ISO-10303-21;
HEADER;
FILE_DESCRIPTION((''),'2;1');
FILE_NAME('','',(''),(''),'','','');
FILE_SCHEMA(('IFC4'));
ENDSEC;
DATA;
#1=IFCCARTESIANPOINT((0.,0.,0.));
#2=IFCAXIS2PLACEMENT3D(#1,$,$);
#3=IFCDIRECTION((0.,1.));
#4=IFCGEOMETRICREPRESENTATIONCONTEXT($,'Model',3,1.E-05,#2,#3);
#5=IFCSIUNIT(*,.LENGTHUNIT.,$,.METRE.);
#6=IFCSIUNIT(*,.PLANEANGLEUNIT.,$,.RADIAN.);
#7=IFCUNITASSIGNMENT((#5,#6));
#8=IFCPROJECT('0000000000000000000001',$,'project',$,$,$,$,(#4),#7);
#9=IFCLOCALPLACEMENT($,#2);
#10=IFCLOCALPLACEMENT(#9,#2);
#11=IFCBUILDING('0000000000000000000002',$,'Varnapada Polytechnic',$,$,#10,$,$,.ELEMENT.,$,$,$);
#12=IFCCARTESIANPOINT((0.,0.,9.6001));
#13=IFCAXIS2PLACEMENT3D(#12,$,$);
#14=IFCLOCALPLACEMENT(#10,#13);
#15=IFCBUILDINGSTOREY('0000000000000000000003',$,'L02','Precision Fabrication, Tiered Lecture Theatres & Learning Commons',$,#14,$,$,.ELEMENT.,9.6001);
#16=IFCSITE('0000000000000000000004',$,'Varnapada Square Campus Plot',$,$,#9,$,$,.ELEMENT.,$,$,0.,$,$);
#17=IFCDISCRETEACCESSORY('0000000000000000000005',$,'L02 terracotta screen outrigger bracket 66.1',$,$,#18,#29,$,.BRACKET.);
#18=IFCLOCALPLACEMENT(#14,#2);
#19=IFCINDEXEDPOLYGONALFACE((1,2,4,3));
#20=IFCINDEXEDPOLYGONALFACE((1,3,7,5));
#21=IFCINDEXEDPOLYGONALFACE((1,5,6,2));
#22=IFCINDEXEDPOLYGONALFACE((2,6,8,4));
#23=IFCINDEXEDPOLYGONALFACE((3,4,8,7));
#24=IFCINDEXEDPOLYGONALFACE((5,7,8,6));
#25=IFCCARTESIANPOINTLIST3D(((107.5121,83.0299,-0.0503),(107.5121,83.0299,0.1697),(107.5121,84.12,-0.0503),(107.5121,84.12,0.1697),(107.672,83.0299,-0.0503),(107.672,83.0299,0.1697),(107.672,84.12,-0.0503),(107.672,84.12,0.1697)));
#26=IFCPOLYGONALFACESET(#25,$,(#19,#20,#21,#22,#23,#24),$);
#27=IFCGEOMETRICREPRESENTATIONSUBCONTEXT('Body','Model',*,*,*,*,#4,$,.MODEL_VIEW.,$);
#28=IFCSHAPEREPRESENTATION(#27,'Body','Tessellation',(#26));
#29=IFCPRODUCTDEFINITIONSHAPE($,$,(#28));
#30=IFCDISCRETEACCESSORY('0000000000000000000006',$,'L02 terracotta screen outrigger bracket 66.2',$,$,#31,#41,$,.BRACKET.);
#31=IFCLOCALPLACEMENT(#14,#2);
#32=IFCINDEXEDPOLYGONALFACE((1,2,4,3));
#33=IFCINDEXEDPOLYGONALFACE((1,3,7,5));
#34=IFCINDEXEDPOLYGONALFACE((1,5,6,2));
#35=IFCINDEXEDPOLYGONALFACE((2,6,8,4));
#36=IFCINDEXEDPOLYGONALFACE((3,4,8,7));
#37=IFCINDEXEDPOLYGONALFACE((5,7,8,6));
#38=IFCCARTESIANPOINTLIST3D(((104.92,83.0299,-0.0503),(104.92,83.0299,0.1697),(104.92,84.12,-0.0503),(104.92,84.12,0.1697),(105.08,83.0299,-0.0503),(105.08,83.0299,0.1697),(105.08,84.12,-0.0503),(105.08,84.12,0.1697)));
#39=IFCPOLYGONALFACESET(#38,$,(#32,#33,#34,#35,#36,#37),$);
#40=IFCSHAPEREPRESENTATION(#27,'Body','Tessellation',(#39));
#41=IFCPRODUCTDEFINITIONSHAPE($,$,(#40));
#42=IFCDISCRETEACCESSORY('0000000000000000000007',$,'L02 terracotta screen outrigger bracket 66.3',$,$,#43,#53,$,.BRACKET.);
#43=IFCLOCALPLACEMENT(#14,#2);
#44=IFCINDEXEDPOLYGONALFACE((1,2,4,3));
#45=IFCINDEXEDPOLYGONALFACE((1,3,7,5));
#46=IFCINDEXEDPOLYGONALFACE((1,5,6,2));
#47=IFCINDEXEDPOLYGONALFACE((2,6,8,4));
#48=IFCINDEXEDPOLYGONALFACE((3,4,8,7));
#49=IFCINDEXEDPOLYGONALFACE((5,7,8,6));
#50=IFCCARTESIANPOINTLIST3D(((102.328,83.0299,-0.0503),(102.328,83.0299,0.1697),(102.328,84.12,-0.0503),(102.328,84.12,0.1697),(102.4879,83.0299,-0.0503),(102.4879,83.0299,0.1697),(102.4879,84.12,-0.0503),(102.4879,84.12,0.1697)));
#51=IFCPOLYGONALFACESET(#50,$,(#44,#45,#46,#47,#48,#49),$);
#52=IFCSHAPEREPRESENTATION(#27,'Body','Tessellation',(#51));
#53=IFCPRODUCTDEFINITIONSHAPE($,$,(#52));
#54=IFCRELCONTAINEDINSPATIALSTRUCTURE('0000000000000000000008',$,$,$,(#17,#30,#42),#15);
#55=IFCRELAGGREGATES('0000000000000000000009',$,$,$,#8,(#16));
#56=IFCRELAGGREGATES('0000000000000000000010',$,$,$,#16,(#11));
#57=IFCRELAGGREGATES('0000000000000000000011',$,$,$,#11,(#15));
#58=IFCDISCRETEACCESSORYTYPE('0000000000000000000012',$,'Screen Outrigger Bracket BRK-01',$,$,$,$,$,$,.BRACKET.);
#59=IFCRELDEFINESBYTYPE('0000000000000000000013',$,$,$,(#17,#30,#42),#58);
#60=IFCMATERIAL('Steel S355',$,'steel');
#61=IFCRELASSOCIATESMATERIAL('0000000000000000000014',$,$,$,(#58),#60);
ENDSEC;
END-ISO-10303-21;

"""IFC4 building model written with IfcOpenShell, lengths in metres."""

from ifc_helpers import new_model, si_unit, direction, frame, origin, origin_2d, place, context, subcontext, project, spatial, rectangle, extrude, material, type_object, element, save


model = new_model("IFC4")

# Units and contexts
model_context = context("Model", 3, precision=1e-05, world=origin(), true_north=direction((0.0, 1.0)))
body_context = subcontext(model_context, "Body", "Model", "MODEL_VIEW")
ifc_project = project(units=[si_unit("LENGTHUNIT", "METRE"), si_unit("PLANEANGLEUNIT", "RADIAN")], contexts=[model_context])

# Site, building, storey
site_placement = place(None, origin())
site = spatial("IfcSite", under=ifc_project, at=site_placement, Name="Varnapada Square Campus Plot", CompositionType="ELEMENT", RefElevation=0.0)
building_placement = place(site_placement, origin())
building = spatial("IfcBuilding", under=site, at=building_placement, Name="Varnapada Polytechnic", CompositionType="ELEMENT")
storey_placement = place(building_placement, frame((0.0, 0.0, 9.6001)))
storey = spatial("IfcBuildingStorey", under=building, at=storey_placement, Name="L02", Description="Precision Fabrication, Tiered Lecture Theatres & Learning Commons", CompositionType="ELEMENT", Elevation=9.6001)

# Discrete accessories
ifc_material_1 = material(Name="Steel S355", Category="steel")
discrete_accessory_type = type_object("IfcDiscreteAccessoryType", Name="Screen Outrigger Bracket BRK-01", PredefinedType="BRACKET", material=ifc_material_1)
for number, where, z_axis, x_axis, name in (
    (1, (107.592, 83.575, -0.0503), (0.0, 0.0, 1.0), (-1.0, 0.0, 0.0), "L02 terracotta screen outrigger bracket 66.1"),
    (2, (105.0, 83.575, -0.0503), (0.0, 0.0, 1.0), (-1.0, 0.0, 0.0), "L02 terracotta screen outrigger bracket 66.2"),
    (3, (102.408, 83.575, -0.0503), (0.0, 0.0, 1.0), (-1.0, 0.0, 0.0), "L02 terracotta screen outrigger bracket 66.3"),
):
    element("IfcDiscreteAccessory", number, at=place(storey_placement, frame(where, z_axis=z_axis, x_axis=x_axis)), inside=storey, type_object=discrete_accessory_type, Name=name, PredefinedType="BRACKET", context=body_context, shape_type="SweptSolid", body=[
        extrude(rectangle(XDim=0.1599, YDim=1.0901, at=origin_2d()), origin(), (0.0, 0.0, 1.0), 0.22),
    ])

save(model, "model.ifc")
